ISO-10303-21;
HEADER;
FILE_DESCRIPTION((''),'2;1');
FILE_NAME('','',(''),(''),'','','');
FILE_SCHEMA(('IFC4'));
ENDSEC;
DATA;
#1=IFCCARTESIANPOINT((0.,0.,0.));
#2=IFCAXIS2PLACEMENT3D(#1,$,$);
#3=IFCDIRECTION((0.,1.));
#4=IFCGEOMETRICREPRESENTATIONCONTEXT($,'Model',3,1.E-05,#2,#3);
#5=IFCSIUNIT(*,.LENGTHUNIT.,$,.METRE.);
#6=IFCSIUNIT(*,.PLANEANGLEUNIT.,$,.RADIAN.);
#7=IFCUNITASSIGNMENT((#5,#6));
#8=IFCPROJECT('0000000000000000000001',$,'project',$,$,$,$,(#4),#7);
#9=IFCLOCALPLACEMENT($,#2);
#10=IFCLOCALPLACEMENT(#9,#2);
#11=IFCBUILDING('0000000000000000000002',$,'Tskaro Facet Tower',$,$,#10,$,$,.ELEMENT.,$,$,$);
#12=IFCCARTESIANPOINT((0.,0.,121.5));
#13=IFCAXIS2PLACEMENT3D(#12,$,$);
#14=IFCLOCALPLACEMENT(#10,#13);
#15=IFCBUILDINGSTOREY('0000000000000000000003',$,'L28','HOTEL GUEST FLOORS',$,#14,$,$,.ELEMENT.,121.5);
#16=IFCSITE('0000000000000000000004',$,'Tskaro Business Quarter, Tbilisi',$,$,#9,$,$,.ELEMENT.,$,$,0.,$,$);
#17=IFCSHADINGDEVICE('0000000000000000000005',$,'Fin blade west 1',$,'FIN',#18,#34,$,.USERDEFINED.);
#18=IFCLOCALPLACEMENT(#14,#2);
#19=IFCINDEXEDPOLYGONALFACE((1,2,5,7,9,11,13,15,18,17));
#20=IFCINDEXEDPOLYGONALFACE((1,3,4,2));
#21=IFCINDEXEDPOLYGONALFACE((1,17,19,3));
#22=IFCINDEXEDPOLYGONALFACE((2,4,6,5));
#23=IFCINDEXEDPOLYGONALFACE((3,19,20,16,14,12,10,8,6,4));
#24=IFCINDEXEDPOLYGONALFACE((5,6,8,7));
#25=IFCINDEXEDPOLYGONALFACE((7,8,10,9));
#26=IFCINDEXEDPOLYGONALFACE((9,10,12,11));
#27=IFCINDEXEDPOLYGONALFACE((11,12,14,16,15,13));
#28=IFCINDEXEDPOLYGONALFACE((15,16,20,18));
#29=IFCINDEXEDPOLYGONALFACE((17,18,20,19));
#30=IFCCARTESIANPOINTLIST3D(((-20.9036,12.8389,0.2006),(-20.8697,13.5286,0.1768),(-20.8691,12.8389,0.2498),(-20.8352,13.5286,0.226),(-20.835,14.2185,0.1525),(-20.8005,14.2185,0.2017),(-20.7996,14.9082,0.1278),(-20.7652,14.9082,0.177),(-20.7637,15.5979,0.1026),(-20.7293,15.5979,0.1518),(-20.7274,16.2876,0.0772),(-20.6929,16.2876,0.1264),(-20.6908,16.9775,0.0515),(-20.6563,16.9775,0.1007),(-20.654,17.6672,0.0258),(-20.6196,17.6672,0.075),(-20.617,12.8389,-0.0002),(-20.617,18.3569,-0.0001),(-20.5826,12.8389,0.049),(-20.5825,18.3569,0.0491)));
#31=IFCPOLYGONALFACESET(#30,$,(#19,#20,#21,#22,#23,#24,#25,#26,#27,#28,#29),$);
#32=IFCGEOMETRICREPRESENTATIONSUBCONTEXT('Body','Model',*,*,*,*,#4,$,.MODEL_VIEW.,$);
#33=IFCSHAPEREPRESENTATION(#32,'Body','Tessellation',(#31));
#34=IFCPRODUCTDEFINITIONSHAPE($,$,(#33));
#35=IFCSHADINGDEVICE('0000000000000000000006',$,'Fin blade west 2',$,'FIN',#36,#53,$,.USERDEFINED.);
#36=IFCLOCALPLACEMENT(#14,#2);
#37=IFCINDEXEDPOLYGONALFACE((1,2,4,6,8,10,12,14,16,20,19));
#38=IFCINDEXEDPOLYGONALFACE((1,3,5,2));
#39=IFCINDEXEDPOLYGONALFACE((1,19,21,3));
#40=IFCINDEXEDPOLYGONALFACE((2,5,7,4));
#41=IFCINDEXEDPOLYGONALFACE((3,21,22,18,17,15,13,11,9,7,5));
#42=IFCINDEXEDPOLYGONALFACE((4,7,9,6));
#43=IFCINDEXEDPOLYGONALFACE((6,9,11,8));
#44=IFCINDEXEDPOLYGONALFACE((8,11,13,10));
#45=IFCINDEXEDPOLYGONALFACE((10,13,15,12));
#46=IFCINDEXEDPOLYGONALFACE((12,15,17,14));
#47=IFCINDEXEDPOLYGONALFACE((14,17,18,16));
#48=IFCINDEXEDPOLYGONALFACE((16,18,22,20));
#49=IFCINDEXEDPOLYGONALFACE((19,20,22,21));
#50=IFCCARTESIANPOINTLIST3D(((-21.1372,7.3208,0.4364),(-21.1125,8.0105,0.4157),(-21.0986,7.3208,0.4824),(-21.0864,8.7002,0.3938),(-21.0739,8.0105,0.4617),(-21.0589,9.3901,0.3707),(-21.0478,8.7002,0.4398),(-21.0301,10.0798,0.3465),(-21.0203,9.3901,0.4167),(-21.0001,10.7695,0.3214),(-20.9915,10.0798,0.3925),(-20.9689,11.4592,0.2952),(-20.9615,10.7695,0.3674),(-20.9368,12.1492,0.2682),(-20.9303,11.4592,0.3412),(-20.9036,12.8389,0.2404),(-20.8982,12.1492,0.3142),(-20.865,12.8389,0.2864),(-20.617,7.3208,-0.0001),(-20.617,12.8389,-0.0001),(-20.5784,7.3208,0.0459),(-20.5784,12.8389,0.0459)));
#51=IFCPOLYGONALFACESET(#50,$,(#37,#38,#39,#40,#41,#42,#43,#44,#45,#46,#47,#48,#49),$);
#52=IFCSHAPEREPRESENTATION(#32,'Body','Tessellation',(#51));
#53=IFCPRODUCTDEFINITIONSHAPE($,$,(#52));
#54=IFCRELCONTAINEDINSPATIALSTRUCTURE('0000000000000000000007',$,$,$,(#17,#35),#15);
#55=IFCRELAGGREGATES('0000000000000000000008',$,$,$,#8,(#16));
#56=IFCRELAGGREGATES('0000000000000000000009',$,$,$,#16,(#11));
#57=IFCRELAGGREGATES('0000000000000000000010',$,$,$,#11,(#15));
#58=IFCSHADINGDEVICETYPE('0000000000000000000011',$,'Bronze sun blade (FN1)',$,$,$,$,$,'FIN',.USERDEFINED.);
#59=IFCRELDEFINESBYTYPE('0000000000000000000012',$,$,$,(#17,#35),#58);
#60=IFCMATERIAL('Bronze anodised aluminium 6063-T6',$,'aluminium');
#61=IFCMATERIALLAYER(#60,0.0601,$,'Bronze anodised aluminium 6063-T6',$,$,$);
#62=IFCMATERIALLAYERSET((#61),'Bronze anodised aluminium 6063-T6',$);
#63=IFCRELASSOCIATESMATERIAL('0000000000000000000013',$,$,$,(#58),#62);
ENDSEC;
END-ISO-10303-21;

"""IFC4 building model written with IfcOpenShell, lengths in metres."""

from ifc_helpers import new_model, si_unit, direction, frame, origin, place, context, subcontext, project, spatial, polyline, outline, extrude, material, layer, layer_set, type_object, element, save


model = new_model("IFC4")

# Units and contexts
model_context = context("Model", 3, precision=1e-05, world=origin(), true_north=direction((0.0, 1.0)))
body_context = subcontext(model_context, "Body", "Model", "MODEL_VIEW")
ifc_project = project(units=[si_unit("LENGTHUNIT", "METRE"), si_unit("PLANEANGLEUNIT", "RADIAN")], contexts=[model_context])

# Site, building, storey
site_placement = place(None, origin())
site = spatial("IfcSite", under=ifc_project, at=site_placement, Name="Tskaro Business Quarter, Tbilisi", CompositionType="ELEMENT", RefElevation=0.0)
building_placement = place(site_placement, origin())
building = spatial("IfcBuilding", under=site, at=building_placement, Name="Tskaro Facet Tower", CompositionType="ELEMENT")
storey_placement = place(building_placement, frame((0.0, 0.0, 121.5)))
storey = spatial("IfcBuildingStorey", under=building, at=storey_placement, Name="L28", Description="HOTEL GUEST FLOORS", CompositionType="ELEMENT", Elevation=121.5)

# Shared definitions
ifc_material_1 = material(Name="Bronze anodised aluminium 6063-T6", Category="aluminium")

# Shading devices
ifc_layer_1 = layer(ifc_material_1, 0.0601, Name="Bronze anodised aluminium 6063-T6")
ifc_layer_set_1 = layer_set([ifc_layer_1], Name="Bronze anodised aluminium 6063-T6")
shading_device_type = type_object("IfcShadingDeviceType", Name="Bronze sun blade (FN1)", ElementType="FIN", PredefinedType="USERDEFINED", material=ifc_layer_set_1)
shading_device_1_placement = place(storey_placement, frame((-20.5825, 18.3569, 0.0491), z_axis=(0.573693, -0.000011, 0.819071), x_axis=(-0.000006, -1.0, -0.000009)))
element("IfcShadingDevice", 1, at=shading_device_1_placement, inside=storey, type_object=shading_device_type, Name="Fin blade west 1", ObjectType="FIN", PredefinedType="USERDEFINED", context=body_context, shape_type="SweptSolid", body=[
    extrude(outline(polyline([(0.0, 0.0), (5.5181, 0.0), (5.5181, -0.3499), (4.8284, -0.3085), (4.1384, -0.2661), (3.4487, -0.223), (2.759, -0.1791), (2.0693, -0.1348), (1.3794, -0.0901), (0.6897, -0.0452), (0.0, 0.0)])), origin(), (0.0, 0.0, -1.0), 0.0601),
])
shading_device_2_placement = place(storey_placement, frame((-20.5784, 12.8389, 0.0459), z_axis=(0.642804, -0.000003, 0.766031), x_axis=(-0.000002, -1.0, -0.000002)))
element("IfcShadingDevice", 2, at=shading_device_2_placement, inside=storey, type_object=shading_device_type, Name="Fin blade west 2", ObjectType="FIN", PredefinedType="USERDEFINED", context=body_context, shape_type="SweptSolid", body=[
    extrude(outline(polyline([(0.0, 0.0), (5.5181, 0.0), (5.5181, -0.6791), (4.8284, -0.6469), (4.1387, -0.6128), (3.4487, -0.5769), (2.759, -0.5393), (2.0693, -0.5001), (1.3796, -0.4594), (0.6897, -0.4175), (0.0, -0.3741), (0.0, 0.0)])), origin(), (0.0, 0.0, -1.0), 0.0601),
])

save(model, "model.ifc")
